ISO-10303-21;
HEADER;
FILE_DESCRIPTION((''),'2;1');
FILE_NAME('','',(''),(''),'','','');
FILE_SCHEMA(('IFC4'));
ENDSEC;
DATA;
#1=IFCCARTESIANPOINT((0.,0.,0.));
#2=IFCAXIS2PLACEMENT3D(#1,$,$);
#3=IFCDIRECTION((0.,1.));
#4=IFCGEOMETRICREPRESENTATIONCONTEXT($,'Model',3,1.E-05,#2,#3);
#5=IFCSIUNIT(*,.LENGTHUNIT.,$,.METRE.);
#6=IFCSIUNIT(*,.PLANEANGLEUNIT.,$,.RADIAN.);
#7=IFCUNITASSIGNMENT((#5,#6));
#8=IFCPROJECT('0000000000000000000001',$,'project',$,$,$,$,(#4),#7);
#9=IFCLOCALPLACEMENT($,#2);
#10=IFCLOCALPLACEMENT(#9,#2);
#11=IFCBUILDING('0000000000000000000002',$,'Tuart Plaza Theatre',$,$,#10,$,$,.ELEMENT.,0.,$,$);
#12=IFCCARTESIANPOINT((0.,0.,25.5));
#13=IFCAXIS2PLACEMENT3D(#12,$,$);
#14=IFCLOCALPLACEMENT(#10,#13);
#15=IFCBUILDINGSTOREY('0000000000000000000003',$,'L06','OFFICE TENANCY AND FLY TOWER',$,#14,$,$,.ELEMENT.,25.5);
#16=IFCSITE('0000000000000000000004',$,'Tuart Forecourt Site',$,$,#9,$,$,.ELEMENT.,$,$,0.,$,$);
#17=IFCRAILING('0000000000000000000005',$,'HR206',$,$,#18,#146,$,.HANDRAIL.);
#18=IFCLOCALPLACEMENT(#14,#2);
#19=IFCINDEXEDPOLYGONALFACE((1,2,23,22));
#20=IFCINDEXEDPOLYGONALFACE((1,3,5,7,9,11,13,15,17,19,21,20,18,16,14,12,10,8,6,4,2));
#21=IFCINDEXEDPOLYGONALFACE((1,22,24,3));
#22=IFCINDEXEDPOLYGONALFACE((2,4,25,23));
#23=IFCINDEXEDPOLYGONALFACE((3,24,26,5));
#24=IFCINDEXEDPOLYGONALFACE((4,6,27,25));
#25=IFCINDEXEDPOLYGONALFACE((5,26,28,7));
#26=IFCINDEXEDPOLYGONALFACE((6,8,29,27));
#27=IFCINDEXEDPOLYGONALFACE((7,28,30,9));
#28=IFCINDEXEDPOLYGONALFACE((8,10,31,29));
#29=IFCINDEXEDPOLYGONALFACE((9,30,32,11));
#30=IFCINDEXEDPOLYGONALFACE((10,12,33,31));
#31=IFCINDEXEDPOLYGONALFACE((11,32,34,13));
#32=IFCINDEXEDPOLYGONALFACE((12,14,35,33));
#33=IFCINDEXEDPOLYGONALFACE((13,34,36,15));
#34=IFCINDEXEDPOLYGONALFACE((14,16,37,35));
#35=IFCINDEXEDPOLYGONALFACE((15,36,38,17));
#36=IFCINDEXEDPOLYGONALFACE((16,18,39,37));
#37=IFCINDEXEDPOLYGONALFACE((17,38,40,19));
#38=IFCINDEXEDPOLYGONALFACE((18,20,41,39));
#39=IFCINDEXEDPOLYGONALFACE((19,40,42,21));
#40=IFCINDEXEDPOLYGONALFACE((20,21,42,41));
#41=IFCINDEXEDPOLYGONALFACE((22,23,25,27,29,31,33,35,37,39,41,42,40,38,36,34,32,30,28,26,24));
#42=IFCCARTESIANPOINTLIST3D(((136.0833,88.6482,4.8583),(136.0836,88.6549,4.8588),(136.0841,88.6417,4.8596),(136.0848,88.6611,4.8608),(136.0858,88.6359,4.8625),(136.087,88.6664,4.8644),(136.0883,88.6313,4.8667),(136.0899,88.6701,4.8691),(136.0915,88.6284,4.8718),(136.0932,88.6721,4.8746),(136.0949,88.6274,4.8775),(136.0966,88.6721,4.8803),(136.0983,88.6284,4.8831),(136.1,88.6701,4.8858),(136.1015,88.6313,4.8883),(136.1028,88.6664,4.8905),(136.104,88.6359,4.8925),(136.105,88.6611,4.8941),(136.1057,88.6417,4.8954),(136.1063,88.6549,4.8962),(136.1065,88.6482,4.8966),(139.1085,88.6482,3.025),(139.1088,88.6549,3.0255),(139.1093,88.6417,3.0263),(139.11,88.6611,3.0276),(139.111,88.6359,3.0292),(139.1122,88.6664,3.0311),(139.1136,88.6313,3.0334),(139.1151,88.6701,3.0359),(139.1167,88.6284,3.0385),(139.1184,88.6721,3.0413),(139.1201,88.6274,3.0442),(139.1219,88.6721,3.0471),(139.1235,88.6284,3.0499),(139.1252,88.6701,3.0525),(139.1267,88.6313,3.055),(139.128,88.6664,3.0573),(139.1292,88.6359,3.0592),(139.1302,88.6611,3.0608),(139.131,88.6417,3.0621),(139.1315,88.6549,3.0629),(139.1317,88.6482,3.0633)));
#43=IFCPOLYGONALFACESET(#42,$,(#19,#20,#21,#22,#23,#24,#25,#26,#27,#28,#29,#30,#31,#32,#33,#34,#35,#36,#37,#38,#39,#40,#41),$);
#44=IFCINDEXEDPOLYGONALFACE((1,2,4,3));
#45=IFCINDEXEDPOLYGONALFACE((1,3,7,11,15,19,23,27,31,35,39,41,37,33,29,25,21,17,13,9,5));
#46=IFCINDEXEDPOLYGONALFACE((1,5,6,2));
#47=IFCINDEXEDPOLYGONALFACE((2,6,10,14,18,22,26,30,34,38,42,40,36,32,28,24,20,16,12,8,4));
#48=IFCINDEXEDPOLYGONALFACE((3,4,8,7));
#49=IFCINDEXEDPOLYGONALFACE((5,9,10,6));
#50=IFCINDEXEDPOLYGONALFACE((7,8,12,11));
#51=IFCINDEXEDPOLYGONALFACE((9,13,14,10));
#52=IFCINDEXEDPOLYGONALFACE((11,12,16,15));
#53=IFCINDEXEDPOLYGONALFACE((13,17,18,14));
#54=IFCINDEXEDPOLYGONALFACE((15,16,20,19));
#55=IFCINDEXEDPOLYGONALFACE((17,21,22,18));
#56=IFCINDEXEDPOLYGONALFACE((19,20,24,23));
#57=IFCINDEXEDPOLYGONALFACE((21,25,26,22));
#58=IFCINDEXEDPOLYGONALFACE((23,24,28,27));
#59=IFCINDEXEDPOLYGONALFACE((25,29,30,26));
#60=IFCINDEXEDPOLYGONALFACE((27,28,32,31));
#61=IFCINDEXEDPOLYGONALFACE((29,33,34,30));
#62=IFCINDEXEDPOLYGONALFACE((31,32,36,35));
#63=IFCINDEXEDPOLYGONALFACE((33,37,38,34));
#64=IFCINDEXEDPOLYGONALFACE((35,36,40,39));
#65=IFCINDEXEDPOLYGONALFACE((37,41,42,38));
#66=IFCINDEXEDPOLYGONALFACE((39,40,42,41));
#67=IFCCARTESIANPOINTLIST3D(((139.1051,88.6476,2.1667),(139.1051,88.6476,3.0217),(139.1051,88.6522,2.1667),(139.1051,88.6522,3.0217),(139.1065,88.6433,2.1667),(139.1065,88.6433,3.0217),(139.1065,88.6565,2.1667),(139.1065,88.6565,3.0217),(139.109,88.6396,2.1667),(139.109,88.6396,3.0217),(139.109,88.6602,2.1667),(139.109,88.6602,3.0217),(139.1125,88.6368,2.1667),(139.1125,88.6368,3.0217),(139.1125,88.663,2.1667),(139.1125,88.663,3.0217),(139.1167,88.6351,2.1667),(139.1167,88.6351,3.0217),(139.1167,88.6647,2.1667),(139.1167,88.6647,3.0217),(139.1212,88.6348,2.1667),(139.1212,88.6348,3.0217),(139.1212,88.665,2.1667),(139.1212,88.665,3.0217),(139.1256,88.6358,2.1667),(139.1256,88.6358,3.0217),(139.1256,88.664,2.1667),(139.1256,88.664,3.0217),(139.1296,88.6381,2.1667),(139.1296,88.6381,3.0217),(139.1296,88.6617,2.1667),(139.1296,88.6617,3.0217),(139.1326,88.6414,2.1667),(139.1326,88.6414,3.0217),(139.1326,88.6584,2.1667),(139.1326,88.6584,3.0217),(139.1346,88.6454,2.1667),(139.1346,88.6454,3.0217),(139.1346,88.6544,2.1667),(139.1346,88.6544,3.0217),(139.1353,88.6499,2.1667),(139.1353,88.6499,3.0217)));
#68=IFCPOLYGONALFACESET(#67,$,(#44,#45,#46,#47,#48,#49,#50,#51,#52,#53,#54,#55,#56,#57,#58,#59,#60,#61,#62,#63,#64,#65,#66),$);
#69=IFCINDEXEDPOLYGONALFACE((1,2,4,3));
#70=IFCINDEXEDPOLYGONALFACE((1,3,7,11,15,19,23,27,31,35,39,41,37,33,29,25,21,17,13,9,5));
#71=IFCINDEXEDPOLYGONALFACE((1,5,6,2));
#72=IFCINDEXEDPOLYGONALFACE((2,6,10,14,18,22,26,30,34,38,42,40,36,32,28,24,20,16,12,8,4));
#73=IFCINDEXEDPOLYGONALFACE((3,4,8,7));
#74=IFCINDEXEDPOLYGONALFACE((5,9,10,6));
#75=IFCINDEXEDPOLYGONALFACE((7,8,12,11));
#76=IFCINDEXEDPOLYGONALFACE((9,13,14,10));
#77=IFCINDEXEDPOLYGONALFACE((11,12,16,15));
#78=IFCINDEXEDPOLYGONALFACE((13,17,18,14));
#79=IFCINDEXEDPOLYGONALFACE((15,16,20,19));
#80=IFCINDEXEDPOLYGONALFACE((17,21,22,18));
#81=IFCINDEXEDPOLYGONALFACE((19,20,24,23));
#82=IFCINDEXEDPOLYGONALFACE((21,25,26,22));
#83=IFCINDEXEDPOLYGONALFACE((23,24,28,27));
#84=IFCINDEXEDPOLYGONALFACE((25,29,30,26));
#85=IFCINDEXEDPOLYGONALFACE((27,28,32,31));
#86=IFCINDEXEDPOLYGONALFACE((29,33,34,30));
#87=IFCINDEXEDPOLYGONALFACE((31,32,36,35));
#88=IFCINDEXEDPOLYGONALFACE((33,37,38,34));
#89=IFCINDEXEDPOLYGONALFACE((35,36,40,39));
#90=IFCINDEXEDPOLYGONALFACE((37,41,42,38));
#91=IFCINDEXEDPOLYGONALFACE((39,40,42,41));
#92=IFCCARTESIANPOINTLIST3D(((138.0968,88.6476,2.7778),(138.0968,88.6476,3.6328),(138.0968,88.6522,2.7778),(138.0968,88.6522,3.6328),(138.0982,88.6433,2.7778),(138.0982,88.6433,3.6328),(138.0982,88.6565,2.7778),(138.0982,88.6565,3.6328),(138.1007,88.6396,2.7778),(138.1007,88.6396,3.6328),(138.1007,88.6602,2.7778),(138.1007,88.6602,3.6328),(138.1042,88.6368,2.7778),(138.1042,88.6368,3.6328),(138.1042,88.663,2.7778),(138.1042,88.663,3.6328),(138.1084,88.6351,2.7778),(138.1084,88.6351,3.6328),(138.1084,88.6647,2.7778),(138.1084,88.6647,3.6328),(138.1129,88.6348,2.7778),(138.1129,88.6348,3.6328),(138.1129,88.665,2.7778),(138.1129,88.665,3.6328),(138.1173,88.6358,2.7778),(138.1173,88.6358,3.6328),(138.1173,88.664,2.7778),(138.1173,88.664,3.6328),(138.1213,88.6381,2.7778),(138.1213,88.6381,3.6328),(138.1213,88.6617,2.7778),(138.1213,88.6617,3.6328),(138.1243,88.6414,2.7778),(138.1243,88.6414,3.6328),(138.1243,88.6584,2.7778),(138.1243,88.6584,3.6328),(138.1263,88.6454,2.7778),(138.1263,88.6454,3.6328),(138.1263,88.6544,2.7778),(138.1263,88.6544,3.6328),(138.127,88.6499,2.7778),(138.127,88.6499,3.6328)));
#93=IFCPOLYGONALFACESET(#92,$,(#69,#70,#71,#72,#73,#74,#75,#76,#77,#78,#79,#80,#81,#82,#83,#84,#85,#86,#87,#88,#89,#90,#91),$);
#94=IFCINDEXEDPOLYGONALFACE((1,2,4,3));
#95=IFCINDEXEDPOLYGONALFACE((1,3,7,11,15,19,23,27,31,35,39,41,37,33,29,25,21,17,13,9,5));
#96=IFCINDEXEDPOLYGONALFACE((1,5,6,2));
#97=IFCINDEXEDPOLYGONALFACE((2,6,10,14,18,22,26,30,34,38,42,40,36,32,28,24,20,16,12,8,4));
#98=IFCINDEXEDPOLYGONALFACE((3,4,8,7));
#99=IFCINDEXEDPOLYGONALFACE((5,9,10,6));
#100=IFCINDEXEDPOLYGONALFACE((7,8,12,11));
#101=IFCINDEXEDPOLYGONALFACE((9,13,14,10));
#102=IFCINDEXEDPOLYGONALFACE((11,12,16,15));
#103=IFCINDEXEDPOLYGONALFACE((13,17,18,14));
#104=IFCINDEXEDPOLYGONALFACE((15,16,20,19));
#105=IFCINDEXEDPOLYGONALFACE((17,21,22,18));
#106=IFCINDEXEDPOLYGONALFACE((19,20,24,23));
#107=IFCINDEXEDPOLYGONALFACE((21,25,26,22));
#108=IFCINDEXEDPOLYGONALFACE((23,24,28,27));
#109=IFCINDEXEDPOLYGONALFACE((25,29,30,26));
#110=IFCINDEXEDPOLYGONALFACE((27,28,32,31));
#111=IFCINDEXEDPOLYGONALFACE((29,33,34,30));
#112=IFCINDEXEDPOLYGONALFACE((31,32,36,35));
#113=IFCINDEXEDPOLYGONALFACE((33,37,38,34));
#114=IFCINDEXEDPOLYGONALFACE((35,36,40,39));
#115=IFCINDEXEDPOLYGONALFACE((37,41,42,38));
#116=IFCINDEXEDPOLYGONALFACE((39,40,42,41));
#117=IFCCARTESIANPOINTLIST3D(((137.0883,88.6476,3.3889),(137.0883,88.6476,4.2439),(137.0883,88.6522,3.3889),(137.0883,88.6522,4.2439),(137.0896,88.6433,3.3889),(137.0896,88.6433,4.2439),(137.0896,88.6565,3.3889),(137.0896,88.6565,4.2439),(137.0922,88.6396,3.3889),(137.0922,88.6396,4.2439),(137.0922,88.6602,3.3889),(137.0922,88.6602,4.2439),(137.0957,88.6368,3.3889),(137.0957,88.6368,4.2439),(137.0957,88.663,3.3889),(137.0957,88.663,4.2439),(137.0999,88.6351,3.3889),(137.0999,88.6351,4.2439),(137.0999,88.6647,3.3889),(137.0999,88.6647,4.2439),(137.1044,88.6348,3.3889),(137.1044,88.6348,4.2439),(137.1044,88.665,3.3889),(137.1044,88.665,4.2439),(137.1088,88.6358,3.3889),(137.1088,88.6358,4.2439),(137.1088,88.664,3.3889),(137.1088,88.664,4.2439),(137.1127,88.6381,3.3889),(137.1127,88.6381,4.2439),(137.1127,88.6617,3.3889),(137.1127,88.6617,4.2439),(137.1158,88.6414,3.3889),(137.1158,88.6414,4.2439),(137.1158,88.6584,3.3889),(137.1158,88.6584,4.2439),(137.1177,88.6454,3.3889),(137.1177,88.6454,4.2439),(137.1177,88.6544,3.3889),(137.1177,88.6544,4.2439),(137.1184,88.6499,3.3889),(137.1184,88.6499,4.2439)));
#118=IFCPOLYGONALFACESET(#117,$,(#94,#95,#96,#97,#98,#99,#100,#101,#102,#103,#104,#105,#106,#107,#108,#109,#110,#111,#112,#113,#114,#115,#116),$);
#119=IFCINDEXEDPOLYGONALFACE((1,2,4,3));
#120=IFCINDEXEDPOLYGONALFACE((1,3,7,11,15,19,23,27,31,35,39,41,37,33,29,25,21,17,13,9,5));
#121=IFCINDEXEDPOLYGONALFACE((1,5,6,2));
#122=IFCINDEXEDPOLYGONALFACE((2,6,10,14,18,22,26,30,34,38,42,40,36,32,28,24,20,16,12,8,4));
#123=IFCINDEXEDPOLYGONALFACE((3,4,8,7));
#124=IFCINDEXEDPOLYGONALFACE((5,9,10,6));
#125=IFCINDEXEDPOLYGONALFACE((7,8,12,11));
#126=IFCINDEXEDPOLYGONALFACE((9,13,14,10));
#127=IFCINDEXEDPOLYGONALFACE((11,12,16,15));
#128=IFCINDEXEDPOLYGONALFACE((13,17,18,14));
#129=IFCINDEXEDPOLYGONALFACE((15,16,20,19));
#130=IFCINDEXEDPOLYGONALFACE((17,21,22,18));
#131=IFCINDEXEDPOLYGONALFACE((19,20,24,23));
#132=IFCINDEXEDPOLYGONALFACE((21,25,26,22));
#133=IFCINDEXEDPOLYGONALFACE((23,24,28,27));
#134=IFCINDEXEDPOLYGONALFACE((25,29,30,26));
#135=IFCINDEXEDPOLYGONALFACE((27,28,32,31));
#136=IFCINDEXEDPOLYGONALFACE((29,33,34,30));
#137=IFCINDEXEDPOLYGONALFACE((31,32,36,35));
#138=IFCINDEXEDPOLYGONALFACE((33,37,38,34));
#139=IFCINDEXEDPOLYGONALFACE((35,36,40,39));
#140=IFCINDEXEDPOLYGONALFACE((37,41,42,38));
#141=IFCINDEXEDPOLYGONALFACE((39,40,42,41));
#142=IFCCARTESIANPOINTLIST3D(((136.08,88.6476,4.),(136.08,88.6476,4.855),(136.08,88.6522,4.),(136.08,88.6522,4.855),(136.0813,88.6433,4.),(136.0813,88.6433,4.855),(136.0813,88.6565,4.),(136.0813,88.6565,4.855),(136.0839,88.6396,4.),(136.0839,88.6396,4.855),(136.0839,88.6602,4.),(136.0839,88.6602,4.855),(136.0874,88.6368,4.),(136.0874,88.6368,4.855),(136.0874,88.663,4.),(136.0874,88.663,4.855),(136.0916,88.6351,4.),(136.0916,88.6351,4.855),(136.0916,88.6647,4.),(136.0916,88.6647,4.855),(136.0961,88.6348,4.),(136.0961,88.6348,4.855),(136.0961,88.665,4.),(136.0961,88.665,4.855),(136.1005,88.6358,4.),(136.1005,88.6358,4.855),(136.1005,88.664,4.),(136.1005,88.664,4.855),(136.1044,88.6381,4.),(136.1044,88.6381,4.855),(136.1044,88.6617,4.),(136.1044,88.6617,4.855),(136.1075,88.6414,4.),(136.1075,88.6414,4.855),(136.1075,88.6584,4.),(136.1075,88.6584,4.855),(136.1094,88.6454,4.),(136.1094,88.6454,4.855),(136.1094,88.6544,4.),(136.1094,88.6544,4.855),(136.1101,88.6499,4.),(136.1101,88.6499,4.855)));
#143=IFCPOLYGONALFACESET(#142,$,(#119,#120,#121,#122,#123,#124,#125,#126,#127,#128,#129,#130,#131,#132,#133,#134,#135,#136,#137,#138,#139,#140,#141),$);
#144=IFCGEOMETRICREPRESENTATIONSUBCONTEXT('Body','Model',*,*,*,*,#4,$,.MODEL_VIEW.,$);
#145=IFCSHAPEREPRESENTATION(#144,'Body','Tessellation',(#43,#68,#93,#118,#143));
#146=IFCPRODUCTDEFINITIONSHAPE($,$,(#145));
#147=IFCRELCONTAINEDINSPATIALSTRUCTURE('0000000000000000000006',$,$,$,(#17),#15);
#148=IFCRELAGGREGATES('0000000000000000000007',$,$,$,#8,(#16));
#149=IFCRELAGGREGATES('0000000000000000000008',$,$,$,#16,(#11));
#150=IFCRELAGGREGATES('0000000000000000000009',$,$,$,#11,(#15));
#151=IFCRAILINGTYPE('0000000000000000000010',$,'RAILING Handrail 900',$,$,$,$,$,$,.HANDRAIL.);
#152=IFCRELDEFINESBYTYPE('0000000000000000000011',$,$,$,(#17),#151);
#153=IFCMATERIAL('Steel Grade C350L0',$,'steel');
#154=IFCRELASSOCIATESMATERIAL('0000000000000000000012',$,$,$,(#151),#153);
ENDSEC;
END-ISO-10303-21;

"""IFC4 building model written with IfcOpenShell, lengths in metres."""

from ifc_helpers import new_model, si_unit, direction, frame, origin, origin_2d, place, context, subcontext, project, spatial, circle, extrude, material, type_object, element, save


model = new_model("IFC4")

# Units and contexts
model_context = context("Model", 3, precision=1e-05, world=origin(), true_north=direction((0.0, 1.0)))
body_context = subcontext(model_context, "Body", "Model", "MODEL_VIEW")
ifc_project = project(units=[si_unit("LENGTHUNIT", "METRE"), si_unit("PLANEANGLEUNIT", "RADIAN")], contexts=[model_context])

# Site, building, storey
site_placement = place(None, origin())
site = spatial("IfcSite", under=ifc_project, at=site_placement, Name="Tuart Forecourt Site", CompositionType="ELEMENT", RefElevation=0.0)
building_placement = place(site_placement, origin())
building = spatial("IfcBuilding", under=site, at=building_placement, Name="Tuart Plaza Theatre", CompositionType="ELEMENT", ElevationOfRefHeight=0.0)
storey_placement = place(building_placement, frame((0.0, 0.0, 25.5)))
storey = spatial("IfcBuildingStorey", under=building, at=storey_placement, Name="L06", Description="OFFICE TENANCY AND FLY TOWER", CompositionType="ELEMENT", Elevation=25.5)

# Railing
ifc_material_1 = material(Name="Steel Grade C350L0", Category="steel")
railing_type_1 = type_object("IfcRailingType", Name="RAILING Handrail 900", PredefinedType="HANDRAIL", material=ifc_material_1)
for number, where, name in (
    (1, (139.1201, 88.6499, 2.1667), "HR206"),
):
    element("IfcRailing", number, at=place(storey_placement, frame(where)), inside=storey, type_object=railing_type_1, Name=name, PredefinedType="HANDRAIL", context=body_context, shape_type="SweptSolid", body=[
        extrude(circle(Radius=0.0225, at=origin_2d()), frame((0.0, 0.0, 0.8774), z_axis=(-0.855219, 0.0, 0.518267), x_axis=(0.0, -1.0, 0.0)), (0.0, 0.0, 1.0), 3.5374),
        extrude(circle(Radius=0.0151, at=origin_2d()), origin(), (0.0, 0.0, 1.0), 0.855),
        extrude(circle(Radius=0.0151, at=origin_2d()), frame((-1.0083, 0.0, 0.6111)), (0.0, 0.0, 1.0), 0.855),
        extrude(circle(Radius=0.0151, at=origin_2d()), frame((-2.0168, 0.0, 1.2222)), (0.0, 0.0, 1.0), 0.855),
        extrude(circle(Radius=0.0151, at=origin_2d()), frame((-3.0251, 0.0, 1.8333)), (0.0, 0.0, 1.0), 0.855),
    ])

save(model, "model.ifc")
